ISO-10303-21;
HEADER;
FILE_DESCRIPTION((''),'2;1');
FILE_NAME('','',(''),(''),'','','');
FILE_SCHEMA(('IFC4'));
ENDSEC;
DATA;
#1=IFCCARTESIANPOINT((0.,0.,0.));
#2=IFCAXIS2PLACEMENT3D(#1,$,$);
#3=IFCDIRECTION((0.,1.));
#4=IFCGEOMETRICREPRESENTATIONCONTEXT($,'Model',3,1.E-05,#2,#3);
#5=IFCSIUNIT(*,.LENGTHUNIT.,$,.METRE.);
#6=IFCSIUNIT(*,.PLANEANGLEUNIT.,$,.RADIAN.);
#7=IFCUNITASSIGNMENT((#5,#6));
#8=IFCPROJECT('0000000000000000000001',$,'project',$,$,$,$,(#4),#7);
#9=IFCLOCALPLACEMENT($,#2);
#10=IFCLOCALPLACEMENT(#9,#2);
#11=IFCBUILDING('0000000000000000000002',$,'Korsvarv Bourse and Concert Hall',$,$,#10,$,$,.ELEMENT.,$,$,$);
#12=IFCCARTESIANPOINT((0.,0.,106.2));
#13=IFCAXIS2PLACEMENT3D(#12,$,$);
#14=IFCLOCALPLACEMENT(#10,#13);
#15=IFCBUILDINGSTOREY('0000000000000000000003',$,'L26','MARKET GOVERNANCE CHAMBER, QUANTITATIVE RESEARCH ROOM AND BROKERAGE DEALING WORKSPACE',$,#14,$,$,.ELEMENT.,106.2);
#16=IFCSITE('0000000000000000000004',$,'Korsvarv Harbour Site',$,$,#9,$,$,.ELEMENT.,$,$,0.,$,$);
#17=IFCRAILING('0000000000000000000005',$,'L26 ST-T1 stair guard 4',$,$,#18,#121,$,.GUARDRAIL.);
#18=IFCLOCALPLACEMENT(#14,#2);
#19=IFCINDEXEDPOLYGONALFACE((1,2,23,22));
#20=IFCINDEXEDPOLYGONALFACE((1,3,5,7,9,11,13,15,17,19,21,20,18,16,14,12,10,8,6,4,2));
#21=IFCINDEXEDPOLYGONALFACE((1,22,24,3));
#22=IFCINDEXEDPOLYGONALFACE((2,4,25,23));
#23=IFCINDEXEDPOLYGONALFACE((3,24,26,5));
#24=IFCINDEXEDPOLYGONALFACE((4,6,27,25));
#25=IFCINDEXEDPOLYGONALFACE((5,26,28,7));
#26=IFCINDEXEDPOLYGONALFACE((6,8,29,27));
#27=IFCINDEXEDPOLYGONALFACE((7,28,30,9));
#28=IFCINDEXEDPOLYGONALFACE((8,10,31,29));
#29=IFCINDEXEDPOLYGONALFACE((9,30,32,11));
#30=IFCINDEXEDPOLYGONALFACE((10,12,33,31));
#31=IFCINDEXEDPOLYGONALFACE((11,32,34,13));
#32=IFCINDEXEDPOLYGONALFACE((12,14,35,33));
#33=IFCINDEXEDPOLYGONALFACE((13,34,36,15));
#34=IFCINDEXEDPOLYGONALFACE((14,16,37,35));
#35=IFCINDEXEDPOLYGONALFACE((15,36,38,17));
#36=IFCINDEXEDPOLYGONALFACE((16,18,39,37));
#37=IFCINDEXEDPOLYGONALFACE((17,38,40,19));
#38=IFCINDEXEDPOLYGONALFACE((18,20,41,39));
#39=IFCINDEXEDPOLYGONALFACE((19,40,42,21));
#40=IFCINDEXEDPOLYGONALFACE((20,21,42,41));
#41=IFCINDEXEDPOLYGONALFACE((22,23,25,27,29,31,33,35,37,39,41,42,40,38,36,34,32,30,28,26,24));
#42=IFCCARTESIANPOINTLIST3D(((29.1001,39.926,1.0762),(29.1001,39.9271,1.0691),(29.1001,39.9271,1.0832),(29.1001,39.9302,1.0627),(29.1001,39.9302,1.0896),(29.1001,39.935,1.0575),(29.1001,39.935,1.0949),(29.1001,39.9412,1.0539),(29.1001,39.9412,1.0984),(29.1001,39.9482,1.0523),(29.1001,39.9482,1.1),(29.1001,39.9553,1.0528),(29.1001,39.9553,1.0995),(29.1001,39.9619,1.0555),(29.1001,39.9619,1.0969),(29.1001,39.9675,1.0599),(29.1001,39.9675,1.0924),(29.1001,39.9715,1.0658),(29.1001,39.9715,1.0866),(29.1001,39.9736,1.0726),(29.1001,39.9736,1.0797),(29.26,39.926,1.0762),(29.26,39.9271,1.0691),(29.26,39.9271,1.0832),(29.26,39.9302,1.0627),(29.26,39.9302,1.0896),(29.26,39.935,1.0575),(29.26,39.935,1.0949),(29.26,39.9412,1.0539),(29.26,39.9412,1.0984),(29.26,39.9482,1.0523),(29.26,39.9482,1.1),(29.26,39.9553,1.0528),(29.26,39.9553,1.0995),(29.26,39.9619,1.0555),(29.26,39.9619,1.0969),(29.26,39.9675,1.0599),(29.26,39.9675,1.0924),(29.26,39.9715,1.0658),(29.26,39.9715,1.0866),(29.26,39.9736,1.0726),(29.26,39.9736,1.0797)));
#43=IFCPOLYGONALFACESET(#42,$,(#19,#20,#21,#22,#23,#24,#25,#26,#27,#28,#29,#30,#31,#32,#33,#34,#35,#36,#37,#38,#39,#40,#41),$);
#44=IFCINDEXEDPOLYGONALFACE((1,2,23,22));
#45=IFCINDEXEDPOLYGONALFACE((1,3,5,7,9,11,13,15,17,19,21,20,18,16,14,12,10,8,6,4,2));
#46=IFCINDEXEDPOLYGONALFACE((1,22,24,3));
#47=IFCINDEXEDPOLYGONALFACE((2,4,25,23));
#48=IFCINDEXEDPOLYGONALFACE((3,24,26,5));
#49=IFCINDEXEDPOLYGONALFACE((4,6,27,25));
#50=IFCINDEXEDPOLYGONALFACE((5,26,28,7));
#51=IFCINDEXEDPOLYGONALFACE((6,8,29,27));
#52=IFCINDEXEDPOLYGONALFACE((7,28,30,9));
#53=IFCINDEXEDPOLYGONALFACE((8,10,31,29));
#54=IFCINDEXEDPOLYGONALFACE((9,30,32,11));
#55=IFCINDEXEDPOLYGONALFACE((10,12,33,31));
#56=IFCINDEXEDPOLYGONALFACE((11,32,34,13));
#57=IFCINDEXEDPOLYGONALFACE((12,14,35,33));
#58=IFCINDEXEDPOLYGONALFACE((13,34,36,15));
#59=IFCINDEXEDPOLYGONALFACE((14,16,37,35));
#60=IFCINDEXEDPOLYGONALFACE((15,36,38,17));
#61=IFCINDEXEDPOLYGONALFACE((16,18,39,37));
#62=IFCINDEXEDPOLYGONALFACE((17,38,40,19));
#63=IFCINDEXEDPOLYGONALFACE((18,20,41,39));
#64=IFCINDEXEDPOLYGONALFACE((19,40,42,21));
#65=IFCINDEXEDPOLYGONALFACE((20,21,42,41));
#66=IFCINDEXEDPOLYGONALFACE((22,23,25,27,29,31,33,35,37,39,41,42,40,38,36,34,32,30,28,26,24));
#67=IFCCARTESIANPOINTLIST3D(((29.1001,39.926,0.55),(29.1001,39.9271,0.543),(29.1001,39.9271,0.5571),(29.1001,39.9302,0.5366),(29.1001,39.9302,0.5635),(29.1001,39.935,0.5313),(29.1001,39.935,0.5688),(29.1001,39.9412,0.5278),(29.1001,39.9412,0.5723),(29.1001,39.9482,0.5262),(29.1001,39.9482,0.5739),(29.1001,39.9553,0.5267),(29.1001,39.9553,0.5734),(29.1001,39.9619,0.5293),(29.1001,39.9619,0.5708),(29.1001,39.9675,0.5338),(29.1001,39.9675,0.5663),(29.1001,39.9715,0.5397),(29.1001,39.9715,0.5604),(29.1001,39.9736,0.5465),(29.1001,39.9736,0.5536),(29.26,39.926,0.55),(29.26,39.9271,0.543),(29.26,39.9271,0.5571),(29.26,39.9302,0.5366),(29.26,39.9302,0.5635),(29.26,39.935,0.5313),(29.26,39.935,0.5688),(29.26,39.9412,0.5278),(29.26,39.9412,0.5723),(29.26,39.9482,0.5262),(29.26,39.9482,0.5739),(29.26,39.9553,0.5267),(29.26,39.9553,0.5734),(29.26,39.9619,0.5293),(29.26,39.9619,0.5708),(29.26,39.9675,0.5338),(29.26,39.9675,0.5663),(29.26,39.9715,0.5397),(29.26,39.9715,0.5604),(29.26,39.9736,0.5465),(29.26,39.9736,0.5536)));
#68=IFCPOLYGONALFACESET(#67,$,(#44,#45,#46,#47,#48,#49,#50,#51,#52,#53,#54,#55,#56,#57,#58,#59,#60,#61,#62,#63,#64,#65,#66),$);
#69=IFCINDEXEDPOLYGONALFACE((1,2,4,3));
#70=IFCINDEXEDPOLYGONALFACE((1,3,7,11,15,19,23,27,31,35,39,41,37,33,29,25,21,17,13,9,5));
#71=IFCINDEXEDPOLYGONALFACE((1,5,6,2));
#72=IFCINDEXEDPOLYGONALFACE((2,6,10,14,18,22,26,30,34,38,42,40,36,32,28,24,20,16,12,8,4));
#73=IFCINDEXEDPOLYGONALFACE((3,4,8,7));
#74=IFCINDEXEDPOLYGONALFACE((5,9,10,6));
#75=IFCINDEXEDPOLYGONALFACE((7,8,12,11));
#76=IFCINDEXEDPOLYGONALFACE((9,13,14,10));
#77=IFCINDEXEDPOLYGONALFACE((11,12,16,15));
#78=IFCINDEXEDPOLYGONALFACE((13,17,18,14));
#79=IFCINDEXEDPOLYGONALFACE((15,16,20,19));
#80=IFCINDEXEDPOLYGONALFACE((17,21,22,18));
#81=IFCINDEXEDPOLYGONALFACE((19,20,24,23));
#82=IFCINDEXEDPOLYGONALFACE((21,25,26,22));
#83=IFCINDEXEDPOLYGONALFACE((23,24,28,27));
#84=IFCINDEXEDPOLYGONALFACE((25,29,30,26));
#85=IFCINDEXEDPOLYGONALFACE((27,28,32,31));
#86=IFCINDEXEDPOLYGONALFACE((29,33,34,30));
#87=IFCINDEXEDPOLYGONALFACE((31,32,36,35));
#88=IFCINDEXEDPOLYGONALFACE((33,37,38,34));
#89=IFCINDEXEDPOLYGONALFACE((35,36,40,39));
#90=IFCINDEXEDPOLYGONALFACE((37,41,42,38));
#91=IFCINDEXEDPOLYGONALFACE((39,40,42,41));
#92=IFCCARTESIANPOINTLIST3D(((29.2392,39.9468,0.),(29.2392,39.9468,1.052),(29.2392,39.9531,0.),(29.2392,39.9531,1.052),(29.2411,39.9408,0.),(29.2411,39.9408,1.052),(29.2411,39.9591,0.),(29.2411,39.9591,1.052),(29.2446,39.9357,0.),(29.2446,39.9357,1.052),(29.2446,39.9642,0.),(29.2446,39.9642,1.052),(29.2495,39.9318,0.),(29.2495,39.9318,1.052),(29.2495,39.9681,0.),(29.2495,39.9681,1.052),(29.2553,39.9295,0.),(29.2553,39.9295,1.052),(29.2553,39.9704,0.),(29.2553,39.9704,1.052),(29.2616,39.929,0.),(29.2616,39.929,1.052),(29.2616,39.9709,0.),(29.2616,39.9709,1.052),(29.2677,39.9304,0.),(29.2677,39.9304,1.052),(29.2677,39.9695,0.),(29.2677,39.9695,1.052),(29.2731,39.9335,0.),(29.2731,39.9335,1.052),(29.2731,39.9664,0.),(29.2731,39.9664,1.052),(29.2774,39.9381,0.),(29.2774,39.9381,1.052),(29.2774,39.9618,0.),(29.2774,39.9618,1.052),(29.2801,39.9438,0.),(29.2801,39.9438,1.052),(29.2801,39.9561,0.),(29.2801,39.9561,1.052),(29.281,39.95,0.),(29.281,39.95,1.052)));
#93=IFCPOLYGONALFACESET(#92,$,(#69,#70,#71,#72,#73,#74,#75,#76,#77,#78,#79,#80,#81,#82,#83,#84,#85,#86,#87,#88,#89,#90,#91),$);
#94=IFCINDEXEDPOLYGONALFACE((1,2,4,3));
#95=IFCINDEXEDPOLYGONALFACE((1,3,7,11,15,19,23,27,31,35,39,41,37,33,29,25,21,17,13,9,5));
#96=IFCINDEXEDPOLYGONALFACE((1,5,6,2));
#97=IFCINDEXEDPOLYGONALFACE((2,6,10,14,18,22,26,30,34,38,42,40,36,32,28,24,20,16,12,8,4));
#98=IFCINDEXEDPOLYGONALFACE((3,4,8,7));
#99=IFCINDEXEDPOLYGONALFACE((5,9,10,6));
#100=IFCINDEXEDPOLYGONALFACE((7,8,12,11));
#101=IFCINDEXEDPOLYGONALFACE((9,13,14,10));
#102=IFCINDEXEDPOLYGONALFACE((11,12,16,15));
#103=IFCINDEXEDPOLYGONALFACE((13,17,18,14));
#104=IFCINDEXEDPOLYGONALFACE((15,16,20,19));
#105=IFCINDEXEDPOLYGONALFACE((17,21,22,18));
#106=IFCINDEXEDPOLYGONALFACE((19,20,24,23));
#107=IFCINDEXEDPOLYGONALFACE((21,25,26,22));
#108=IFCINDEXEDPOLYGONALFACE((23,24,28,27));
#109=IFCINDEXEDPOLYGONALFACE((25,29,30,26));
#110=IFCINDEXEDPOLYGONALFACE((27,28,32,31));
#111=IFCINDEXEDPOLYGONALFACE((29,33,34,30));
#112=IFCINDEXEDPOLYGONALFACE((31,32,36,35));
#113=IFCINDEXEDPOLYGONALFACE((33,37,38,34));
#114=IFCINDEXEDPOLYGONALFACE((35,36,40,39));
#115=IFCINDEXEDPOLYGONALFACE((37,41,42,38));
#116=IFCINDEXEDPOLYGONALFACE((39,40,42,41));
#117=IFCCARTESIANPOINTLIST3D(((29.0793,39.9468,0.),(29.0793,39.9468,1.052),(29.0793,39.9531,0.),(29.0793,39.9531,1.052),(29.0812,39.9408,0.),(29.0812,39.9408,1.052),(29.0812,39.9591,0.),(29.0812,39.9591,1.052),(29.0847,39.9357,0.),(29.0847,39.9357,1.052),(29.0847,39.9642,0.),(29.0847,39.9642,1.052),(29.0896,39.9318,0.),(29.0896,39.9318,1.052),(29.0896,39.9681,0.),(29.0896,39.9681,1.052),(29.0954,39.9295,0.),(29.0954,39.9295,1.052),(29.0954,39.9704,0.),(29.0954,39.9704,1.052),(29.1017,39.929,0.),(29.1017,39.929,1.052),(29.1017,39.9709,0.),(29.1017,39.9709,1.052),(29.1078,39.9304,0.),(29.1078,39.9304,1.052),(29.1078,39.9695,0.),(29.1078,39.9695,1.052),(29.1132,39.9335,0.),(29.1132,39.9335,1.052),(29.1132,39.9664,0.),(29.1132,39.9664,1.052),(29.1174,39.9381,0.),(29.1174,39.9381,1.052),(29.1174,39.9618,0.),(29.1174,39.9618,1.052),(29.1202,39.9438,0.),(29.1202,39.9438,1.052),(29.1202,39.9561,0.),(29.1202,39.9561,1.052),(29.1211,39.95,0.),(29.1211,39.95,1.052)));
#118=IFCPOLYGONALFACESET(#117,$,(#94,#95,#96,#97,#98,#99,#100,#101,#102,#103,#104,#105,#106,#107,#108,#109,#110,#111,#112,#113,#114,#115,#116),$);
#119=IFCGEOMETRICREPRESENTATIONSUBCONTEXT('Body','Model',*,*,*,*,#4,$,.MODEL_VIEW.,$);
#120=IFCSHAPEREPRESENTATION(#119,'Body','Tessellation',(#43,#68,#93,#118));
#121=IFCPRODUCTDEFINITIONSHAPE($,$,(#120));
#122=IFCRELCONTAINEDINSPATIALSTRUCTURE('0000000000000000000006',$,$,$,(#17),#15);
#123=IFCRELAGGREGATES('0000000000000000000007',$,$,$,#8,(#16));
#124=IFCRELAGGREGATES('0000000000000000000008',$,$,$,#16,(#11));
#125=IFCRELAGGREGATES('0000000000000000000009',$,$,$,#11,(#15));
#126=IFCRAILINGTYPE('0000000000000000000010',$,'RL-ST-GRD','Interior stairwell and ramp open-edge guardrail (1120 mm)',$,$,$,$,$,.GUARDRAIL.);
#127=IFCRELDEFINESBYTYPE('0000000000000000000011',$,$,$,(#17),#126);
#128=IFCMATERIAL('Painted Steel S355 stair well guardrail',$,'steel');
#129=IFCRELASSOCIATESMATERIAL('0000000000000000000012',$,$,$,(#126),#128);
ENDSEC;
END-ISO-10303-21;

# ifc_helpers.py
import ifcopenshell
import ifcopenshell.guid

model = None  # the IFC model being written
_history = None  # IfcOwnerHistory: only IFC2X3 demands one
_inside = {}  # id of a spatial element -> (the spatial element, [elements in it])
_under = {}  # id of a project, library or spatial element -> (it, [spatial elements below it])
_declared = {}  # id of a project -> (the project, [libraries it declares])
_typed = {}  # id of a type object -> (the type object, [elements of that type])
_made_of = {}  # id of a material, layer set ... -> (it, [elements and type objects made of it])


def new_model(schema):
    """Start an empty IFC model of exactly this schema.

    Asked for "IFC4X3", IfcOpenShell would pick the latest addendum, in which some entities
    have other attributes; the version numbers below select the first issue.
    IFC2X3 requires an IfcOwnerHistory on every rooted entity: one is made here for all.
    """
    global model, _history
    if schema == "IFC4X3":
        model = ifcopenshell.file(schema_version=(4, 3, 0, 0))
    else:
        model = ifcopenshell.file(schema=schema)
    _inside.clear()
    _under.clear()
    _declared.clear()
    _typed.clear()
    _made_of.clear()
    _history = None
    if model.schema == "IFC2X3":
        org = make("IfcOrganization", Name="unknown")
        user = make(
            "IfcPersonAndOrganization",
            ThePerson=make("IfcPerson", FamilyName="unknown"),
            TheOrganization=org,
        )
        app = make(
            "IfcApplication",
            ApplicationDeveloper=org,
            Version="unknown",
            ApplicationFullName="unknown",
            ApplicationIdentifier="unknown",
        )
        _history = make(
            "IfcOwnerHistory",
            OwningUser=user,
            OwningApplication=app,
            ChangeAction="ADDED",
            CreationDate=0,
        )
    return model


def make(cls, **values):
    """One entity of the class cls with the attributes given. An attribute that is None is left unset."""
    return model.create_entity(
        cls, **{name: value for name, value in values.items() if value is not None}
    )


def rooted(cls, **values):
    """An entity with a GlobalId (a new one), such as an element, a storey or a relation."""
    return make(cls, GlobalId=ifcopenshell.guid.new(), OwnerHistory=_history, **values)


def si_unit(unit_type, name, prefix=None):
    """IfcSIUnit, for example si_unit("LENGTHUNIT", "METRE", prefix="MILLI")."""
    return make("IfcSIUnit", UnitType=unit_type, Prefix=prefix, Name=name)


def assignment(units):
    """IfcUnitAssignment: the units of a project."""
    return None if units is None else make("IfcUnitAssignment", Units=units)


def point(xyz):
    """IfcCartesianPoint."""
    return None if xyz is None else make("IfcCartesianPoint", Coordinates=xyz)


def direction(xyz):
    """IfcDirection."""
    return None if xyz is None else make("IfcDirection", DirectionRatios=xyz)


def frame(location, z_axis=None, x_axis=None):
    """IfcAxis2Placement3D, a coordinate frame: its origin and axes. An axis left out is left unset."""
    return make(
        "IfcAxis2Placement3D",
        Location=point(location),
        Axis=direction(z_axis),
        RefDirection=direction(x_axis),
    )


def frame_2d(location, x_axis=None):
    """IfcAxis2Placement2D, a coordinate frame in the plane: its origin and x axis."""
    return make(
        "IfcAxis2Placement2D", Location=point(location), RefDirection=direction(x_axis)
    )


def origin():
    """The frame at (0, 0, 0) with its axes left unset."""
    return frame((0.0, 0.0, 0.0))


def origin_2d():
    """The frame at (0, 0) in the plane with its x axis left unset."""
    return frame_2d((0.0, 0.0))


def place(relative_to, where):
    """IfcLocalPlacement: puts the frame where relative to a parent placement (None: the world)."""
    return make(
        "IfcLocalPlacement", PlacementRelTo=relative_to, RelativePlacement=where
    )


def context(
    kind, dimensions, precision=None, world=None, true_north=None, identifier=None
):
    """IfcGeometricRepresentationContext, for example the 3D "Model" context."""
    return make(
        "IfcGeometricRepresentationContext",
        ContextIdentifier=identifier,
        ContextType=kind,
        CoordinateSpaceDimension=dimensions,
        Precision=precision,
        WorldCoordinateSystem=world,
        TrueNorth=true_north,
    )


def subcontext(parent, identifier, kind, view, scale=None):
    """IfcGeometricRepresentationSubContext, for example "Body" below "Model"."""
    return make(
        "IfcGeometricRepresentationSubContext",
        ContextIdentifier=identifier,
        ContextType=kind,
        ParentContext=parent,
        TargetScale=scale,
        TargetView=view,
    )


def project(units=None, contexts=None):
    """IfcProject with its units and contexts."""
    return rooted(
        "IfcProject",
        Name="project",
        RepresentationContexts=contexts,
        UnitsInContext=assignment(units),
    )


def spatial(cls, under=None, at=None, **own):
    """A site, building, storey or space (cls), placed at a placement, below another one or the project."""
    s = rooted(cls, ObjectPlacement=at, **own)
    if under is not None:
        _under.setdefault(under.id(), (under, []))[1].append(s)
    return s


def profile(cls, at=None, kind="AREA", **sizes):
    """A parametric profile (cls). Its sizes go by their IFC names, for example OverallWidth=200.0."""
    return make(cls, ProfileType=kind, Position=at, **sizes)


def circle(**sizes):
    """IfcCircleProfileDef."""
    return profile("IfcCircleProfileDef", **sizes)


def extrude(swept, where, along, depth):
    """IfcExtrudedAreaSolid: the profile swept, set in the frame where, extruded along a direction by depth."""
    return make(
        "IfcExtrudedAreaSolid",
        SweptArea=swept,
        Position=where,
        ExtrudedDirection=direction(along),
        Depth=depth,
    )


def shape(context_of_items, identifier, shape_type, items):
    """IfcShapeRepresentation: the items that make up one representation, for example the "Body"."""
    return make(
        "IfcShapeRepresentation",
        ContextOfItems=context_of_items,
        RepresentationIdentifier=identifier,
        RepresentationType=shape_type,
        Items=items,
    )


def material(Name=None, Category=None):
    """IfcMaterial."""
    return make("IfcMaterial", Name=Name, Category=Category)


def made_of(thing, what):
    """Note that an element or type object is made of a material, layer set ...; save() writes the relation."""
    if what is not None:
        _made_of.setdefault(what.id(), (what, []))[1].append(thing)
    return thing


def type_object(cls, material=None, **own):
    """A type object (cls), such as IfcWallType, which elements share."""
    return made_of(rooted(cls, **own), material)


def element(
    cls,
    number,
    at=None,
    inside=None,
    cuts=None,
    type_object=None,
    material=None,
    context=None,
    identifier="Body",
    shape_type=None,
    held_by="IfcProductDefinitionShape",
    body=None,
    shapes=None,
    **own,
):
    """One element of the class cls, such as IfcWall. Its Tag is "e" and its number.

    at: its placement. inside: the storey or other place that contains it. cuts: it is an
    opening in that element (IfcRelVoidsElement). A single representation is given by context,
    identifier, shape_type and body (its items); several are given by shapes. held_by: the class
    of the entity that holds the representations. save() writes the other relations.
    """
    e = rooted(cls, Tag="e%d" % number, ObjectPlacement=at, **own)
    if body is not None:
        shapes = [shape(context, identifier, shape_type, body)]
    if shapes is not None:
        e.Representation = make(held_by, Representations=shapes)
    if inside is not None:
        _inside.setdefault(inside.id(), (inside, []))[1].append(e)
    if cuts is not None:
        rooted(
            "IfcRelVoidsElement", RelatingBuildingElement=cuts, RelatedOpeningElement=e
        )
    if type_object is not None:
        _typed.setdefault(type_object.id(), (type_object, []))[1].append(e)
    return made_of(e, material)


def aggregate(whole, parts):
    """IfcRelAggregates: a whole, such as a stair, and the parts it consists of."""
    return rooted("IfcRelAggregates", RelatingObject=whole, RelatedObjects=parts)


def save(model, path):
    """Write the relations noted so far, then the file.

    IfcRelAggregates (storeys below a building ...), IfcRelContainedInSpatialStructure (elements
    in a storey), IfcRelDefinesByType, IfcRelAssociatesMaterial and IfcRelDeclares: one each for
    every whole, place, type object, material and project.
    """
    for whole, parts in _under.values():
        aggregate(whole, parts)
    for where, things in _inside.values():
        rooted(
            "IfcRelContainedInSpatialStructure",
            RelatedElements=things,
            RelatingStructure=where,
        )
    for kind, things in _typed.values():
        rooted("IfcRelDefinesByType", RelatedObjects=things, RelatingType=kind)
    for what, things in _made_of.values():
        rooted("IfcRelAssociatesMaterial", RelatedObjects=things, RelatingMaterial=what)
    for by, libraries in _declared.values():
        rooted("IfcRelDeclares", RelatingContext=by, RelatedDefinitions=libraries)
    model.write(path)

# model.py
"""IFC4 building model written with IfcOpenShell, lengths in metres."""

from ifc_helpers import new_model, si_unit, direction, frame, origin, origin_2d, place, context, subcontext, project, spatial, circle, extrude, material, type_object, element, save


model = new_model("IFC4")

# Units and contexts
model_context = context("Model", 3, precision=1e-05, world=origin(), true_north=direction((0.0, 1.0)))
body_context = subcontext(model_context, "Body", "Model", "MODEL_VIEW")
ifc_project = project(units=[si_unit("LENGTHUNIT", "METRE"), si_unit("PLANEANGLEUNIT", "RADIAN")], contexts=[model_context])

# Site, building, storey
site_placement = place(None, origin())
site = spatial("IfcSite", under=ifc_project, at=site_placement, Name="Korsvarv Harbour Site", CompositionType="ELEMENT", RefElevation=0.0)
building_placement = place(site_placement, origin())
building = spatial("IfcBuilding", under=site, at=building_placement, Name="Korsvarv Bourse and Concert Hall", CompositionType="ELEMENT")
storey_placement = place(building_placement, frame((0.0, 0.0, 106.2)))
storey = spatial("IfcBuildingStorey", under=building, at=storey_placement, Name="L26", Description="MARKET GOVERNANCE CHAMBER, QUANTITATIVE RESEARCH ROOM AND BROKERAGE DEALING WORKSPACE", CompositionType="ELEMENT", Elevation=106.2)

# Railing
ifc_material_1 = material(Name="Painted Steel S355 stair well guardrail", Category="steel")
railing_type_1 = type_object("IfcRailingType", Name="RL-ST-GRD", Description="Interior stairwell and ramp open-edge guardrail (1120 mm)", PredefinedType="GUARDRAIL", material=ifc_material_1)
railing_1_placement = place(storey_placement, frame((29.26, 39.95, 0.0)))
element("IfcRailing", 1, at=railing_1_placement, inside=storey, type_object=railing_type_1, Name="L26 ST-T1 stair guard 4", PredefinedType="GUARDRAIL", context=body_context, shape_type="SweptSolid", body=[
    extrude(circle(Radius=0.0239, at=origin_2d()), frame((0.0, 0.0, 1.0762), z_axis=(-1.0, 0.0, 0.0), x_axis=(0.0, -1.0, 0.0)), (0.0, 0.0, 1.0), 0.1599),
    extrude(circle(Radius=0.0239, at=origin_2d()), frame((0.0, 0.0, 0.55), z_axis=(-1.0, 0.0, 0.0), x_axis=(0.0, -1.0, 0.0)), (0.0, 0.0, 1.0), 0.1599),
    extrude(circle(Radius=0.021, at=origin_2d()), origin(), (0.0, 0.0, 1.0), 1.052),
    extrude(circle(Radius=0.021, at=origin_2d()), frame((-0.1599, 0.0, 0.0)), (0.0, 0.0, 1.0), 1.052),
])

save(model, "model.ifc")
